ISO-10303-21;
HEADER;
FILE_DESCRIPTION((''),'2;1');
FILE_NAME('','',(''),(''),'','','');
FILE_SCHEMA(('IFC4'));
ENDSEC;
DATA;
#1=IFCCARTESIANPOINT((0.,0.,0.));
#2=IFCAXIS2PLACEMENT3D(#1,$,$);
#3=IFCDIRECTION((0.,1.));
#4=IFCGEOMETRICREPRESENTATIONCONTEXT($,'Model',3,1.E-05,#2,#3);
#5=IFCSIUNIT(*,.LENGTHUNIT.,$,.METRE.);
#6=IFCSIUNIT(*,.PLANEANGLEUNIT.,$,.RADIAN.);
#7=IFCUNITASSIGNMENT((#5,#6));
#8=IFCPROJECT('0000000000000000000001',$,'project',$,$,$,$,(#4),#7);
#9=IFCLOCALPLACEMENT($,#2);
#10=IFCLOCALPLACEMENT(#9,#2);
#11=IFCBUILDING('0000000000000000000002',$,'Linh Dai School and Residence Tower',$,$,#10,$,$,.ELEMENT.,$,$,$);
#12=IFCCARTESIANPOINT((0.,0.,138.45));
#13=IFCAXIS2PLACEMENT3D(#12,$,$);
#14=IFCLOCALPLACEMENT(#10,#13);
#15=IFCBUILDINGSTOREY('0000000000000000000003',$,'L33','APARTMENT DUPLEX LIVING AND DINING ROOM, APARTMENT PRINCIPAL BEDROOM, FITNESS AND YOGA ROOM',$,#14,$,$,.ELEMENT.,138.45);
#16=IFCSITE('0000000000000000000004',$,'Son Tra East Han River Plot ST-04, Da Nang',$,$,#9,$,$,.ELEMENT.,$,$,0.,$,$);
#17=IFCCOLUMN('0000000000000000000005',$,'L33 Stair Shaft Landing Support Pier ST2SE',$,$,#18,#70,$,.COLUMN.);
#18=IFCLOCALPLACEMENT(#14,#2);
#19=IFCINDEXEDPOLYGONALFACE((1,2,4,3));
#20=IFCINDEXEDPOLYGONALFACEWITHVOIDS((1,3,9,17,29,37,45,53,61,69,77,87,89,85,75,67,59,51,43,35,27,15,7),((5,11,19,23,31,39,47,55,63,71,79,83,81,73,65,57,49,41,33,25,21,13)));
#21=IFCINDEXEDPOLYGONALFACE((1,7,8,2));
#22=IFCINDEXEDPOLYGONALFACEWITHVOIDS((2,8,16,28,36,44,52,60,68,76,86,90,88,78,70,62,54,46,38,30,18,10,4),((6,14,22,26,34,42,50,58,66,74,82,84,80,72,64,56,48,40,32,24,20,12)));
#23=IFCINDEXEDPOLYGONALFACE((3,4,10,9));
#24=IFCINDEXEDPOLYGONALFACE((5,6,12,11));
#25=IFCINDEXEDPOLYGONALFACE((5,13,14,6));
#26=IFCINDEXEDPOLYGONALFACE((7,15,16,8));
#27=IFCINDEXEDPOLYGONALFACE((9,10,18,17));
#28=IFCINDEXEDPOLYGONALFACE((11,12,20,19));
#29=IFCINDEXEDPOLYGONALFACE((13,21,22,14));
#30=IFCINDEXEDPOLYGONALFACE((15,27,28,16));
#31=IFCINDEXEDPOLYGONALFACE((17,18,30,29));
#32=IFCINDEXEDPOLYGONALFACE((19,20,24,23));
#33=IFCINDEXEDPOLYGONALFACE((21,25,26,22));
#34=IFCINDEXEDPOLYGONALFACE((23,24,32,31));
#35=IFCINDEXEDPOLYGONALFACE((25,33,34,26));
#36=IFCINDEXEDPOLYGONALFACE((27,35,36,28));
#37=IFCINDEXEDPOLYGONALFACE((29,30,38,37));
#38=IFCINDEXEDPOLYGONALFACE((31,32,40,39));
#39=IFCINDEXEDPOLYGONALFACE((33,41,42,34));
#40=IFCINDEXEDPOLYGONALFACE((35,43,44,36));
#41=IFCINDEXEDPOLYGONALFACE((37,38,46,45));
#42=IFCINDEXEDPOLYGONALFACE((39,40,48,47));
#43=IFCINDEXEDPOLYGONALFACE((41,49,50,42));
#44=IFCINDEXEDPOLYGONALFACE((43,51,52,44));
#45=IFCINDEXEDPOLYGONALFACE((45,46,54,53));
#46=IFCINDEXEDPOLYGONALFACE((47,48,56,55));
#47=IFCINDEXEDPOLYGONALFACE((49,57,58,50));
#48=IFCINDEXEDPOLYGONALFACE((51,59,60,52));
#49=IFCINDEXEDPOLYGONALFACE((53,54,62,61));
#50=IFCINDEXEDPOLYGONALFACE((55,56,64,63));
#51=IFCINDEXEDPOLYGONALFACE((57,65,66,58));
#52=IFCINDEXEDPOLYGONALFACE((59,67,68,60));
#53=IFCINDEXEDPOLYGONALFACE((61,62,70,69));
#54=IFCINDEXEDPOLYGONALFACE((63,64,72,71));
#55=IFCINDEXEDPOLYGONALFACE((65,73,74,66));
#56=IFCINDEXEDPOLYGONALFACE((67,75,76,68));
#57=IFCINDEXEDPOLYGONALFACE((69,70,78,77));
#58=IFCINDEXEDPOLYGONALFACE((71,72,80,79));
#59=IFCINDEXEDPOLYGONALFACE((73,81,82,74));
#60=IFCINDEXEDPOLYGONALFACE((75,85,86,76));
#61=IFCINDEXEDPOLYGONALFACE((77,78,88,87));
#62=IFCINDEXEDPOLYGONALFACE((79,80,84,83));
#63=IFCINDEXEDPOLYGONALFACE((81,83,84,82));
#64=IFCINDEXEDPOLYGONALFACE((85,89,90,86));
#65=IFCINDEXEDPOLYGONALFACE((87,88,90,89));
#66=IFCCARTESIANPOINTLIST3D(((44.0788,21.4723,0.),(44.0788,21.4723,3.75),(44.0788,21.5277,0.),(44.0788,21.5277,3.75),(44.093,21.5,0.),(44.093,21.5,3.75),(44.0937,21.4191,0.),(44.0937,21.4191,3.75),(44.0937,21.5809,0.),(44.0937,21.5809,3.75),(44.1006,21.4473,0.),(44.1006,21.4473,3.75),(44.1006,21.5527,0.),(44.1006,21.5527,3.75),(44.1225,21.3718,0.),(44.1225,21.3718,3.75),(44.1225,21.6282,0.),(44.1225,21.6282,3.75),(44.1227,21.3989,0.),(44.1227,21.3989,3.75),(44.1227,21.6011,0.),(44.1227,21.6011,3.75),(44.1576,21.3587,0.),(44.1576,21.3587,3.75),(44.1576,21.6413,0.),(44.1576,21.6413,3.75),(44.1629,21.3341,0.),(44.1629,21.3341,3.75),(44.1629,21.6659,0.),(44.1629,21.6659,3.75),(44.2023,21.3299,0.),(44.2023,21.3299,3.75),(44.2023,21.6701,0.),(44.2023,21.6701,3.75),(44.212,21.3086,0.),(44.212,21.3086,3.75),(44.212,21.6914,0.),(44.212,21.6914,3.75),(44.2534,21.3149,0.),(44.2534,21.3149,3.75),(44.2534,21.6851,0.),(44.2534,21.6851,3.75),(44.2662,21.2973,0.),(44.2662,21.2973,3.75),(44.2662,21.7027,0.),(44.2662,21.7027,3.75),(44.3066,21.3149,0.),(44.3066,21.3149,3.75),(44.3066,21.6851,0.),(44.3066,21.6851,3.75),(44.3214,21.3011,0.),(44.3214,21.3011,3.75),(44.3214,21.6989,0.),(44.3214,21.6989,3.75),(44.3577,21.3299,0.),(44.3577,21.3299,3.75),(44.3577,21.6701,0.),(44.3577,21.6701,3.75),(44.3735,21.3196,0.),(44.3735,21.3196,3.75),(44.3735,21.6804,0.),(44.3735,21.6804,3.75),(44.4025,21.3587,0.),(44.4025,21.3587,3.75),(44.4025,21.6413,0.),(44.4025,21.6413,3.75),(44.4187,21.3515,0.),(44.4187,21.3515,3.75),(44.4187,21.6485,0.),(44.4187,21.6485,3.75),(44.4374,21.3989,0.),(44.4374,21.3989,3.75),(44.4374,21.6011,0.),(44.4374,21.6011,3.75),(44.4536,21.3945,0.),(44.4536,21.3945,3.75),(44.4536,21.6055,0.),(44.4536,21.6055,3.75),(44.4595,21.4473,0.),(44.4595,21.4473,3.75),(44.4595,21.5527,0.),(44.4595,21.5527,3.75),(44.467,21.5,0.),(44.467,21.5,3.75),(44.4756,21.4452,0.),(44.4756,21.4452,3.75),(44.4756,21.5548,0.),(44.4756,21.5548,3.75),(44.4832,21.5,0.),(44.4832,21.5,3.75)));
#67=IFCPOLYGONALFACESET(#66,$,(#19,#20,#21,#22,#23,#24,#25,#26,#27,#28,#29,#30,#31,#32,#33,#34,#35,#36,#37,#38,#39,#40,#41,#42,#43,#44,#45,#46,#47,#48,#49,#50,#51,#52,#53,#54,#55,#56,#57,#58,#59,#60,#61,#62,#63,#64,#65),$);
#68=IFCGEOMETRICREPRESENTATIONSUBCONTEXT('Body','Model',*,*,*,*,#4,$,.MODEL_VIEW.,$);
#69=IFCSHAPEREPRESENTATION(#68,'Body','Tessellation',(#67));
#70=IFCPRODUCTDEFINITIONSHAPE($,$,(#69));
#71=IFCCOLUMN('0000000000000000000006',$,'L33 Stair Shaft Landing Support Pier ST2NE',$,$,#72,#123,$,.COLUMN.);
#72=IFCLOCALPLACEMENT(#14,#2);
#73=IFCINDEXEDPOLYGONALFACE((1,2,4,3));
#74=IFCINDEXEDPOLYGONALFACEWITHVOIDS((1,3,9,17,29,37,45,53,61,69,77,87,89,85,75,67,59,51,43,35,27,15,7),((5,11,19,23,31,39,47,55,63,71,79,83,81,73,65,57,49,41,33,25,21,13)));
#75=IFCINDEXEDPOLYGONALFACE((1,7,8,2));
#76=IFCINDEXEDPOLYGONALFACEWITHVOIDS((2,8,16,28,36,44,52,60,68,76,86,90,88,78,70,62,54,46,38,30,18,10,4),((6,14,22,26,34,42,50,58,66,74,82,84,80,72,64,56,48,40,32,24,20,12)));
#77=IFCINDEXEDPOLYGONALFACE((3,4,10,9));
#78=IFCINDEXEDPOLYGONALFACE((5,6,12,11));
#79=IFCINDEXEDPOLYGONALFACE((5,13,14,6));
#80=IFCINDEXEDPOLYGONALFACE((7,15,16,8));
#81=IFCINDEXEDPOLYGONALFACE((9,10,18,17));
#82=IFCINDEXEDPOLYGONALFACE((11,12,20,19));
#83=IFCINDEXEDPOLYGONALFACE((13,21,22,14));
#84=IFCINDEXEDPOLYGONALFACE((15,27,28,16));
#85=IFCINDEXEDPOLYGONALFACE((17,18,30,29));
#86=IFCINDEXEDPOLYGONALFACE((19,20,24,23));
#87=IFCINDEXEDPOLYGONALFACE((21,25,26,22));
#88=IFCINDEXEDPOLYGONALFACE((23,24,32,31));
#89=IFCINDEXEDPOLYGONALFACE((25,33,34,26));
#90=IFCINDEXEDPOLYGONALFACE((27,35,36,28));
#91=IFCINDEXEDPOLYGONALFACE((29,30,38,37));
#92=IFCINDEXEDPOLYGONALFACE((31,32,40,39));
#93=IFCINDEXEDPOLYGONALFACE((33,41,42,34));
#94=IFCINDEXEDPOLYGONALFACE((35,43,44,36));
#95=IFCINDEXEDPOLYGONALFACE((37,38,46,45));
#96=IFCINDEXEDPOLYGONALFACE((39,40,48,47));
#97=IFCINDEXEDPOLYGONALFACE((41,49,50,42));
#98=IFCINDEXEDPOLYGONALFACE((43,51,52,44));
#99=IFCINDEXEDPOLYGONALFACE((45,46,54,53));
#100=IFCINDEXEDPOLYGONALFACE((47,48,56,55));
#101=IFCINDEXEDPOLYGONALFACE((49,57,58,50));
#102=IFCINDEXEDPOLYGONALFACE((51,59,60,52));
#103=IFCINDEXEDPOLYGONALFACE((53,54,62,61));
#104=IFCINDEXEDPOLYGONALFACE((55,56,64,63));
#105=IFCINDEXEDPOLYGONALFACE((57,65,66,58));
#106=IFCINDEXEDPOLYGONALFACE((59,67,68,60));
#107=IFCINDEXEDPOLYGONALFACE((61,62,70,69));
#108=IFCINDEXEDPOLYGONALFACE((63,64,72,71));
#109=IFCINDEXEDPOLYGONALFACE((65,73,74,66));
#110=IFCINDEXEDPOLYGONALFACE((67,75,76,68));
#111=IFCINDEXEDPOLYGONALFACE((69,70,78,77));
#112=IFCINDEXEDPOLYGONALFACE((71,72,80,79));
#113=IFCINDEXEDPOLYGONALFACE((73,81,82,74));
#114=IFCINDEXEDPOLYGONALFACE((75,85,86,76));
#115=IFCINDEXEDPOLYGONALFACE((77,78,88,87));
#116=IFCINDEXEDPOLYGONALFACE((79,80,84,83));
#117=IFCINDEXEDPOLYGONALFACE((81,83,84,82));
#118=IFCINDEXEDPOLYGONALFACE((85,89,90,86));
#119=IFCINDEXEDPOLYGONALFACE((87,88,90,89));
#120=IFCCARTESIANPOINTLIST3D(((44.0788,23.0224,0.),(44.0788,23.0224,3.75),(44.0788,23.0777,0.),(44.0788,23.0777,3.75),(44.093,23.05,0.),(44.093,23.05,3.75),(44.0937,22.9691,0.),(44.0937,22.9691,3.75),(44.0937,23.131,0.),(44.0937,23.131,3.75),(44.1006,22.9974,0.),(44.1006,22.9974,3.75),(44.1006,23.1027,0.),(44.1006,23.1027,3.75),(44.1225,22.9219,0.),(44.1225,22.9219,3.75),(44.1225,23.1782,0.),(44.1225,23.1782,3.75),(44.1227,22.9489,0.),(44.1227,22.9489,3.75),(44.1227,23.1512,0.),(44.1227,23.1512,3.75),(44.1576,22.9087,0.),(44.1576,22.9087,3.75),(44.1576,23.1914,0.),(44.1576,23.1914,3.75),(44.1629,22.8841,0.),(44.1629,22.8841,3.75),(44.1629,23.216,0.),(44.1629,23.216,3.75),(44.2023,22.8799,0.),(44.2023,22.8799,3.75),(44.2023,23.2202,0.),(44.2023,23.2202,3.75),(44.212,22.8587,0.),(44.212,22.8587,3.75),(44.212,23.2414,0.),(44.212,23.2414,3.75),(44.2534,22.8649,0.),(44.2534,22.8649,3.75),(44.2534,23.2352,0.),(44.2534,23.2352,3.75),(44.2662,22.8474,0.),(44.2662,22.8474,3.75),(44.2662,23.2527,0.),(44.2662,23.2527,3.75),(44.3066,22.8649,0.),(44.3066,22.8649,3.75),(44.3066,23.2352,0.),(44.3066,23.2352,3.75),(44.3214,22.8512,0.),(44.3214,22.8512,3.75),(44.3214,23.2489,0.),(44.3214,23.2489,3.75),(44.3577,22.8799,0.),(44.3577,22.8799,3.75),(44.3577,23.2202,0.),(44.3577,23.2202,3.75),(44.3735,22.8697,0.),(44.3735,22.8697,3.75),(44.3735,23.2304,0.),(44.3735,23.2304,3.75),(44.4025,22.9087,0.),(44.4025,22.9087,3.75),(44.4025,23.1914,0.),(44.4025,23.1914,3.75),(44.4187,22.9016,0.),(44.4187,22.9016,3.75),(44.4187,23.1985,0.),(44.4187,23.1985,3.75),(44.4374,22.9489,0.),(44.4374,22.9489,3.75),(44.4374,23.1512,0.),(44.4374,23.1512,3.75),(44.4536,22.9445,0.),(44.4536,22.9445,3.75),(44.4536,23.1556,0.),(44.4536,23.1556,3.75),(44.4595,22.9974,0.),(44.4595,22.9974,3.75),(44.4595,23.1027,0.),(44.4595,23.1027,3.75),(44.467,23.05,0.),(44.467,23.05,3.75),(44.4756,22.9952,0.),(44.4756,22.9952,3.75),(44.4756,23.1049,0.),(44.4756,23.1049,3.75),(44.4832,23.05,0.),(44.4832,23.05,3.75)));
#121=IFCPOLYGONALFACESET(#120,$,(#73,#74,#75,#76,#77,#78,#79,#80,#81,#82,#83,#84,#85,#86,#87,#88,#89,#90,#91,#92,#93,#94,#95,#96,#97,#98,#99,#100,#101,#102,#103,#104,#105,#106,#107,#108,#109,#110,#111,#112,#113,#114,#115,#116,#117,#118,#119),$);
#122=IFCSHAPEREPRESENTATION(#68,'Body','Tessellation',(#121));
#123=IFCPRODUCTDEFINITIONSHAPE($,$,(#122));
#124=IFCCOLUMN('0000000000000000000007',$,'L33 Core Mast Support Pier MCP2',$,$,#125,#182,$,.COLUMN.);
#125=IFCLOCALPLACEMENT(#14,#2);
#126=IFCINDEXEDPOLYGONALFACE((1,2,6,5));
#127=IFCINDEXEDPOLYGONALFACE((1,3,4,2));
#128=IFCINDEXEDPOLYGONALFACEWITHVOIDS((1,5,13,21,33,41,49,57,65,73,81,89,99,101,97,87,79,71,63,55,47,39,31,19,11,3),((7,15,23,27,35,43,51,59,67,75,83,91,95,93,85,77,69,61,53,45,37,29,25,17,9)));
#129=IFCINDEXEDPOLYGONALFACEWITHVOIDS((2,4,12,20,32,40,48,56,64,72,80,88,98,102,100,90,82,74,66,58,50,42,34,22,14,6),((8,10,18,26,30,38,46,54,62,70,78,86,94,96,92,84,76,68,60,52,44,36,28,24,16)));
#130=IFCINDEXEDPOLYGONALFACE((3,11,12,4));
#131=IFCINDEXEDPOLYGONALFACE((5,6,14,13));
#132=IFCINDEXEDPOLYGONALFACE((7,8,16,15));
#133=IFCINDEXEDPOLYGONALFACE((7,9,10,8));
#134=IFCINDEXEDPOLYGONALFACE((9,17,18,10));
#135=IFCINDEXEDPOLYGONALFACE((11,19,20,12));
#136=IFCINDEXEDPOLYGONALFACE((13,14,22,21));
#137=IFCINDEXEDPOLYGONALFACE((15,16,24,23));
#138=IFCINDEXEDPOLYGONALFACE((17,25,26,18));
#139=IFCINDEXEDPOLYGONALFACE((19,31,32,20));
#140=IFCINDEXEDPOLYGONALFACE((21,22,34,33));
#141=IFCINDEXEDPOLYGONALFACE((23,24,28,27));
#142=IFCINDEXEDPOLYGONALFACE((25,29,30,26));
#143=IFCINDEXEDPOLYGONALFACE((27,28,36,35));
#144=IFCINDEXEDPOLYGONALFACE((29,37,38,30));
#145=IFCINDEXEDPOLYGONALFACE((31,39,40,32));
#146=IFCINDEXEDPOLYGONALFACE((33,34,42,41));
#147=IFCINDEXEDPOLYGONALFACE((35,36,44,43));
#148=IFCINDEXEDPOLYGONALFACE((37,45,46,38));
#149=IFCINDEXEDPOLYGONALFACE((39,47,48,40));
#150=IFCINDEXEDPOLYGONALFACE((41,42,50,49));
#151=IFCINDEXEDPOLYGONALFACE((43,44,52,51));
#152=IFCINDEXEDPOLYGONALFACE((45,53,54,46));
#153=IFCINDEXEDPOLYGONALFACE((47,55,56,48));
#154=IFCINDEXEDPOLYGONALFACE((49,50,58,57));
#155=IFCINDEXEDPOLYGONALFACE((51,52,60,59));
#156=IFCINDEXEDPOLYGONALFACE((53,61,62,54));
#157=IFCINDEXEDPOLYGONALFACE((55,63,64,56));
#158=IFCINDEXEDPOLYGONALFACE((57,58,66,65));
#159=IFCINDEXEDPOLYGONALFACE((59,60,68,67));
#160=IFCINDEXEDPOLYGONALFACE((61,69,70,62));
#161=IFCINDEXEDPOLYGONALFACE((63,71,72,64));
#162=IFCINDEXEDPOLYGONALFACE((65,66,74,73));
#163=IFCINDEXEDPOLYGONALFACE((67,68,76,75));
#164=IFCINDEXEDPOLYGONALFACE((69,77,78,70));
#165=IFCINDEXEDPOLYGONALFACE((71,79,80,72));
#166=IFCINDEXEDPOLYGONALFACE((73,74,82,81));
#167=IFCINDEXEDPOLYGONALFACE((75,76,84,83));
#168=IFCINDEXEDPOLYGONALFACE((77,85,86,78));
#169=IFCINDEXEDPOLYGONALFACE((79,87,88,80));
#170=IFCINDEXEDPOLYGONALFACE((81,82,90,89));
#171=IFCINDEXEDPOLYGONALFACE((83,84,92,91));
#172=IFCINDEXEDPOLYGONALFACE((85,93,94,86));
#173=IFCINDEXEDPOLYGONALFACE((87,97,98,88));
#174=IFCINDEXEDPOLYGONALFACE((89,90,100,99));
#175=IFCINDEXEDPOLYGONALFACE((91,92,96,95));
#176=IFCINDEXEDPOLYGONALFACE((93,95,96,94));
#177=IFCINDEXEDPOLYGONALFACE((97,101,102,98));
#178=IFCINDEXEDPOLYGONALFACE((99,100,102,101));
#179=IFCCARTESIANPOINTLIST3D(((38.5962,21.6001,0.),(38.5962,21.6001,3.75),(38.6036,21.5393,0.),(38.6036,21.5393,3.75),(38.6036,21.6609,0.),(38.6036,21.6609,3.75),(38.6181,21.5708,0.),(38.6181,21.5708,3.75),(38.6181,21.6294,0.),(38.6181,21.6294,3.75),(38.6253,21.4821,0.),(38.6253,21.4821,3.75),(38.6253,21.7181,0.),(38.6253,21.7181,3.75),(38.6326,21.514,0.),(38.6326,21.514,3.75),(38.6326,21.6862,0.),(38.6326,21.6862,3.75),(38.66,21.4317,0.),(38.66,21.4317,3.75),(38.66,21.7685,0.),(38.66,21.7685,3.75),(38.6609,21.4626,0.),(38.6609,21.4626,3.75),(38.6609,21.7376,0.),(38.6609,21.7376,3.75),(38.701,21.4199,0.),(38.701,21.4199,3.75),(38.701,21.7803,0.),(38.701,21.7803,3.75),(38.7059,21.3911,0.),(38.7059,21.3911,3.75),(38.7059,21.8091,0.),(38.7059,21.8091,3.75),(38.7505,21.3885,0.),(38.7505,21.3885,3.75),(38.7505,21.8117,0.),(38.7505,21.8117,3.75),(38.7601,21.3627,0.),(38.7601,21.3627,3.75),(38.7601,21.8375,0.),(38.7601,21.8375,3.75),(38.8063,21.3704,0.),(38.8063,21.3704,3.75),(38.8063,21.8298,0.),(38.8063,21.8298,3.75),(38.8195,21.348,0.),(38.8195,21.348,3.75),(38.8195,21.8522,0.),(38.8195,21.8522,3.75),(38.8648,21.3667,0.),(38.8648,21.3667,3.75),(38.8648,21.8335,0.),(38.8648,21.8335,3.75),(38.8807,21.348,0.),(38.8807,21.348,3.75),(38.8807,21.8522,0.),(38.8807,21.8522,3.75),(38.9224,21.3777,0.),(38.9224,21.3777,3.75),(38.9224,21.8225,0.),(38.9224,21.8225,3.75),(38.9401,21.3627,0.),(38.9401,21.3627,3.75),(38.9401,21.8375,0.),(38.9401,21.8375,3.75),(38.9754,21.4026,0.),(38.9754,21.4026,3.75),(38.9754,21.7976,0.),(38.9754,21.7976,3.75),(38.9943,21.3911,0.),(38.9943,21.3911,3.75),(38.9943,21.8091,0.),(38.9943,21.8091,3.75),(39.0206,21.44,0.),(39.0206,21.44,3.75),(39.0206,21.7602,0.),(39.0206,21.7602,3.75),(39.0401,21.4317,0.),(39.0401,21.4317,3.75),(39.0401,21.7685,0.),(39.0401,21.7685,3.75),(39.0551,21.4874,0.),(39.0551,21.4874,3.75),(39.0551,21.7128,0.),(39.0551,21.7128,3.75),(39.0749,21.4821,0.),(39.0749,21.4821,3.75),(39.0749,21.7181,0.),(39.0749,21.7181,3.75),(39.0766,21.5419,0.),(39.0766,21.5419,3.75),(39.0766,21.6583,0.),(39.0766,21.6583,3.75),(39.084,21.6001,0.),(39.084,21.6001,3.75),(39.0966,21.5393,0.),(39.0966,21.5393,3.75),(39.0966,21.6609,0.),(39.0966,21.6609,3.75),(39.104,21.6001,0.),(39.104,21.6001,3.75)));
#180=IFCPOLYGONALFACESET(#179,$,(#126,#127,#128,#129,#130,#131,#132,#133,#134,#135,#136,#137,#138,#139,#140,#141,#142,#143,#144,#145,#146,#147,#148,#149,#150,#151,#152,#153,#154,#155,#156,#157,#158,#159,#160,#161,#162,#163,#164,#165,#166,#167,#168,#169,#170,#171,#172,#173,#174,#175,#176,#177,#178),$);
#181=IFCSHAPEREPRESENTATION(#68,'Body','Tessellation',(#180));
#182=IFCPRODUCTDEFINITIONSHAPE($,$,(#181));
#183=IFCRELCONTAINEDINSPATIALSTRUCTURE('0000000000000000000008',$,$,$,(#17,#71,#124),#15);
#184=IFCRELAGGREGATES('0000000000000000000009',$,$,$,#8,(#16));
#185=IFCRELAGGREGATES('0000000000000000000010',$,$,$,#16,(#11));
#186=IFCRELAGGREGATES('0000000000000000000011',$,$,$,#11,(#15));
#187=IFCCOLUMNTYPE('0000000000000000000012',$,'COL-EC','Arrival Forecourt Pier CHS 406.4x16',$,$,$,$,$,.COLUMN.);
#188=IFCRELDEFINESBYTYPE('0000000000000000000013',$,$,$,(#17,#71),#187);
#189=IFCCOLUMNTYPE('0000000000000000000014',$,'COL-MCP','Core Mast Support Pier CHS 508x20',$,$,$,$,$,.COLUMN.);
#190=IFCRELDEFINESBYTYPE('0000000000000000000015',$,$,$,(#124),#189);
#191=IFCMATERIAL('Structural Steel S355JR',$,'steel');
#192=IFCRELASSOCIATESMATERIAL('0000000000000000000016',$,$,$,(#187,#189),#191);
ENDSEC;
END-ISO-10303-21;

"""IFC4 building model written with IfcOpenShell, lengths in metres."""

from ifc_helpers import new_model, si_unit, direction, frame, origin, origin_2d, place, context, subcontext, project, spatial, hollow_circle, extrude, material, material_profile, profile_set, type_object, element, save


model = new_model("IFC4")

# Units and contexts
model_context = context("Model", 3, precision=1e-05, world=origin(), true_north=direction((0.0, 1.0)))
body_context = subcontext(model_context, "Body", "Model", "MODEL_VIEW")
ifc_project = project(units=[si_unit("LENGTHUNIT", "METRE"), si_unit("PLANEANGLEUNIT", "RADIAN")], contexts=[model_context])

# Site, building, storey
site_placement = place(None, origin())
site = spatial("IfcSite", under=ifc_project, at=site_placement, Name="Son Tra East Han River Plot ST-04, Da Nang", CompositionType="ELEMENT", RefElevation=0.0)
building_placement = place(site_placement, origin())
building = spatial("IfcBuilding", under=site, at=building_placement, Name="Linh Dai School and Residence Tower", CompositionType="ELEMENT")
storey_placement = place(building_placement, frame((0.0, 0.0, 138.45)))
storey = spatial("IfcBuildingStorey", under=building, at=storey_placement, Name="L33", Description="APARTMENT DUPLEX LIVING AND DINING ROOM, APARTMENT PRINCIPAL BEDROOM, FITNESS AND YOGA ROOM", CompositionType="ELEMENT", Elevation=138.45)

# Columns
ifc_material_1 = material(Name="Structural Steel S355JR", Category="steel")
ifc_material_profile_1 = material_profile(ifc_material_1, hollow_circle(Radius=0.2031, WallThickness=0.0161, at=origin_2d()), Name="CHS 406.4x16")
ifc_profile_set_1 = profile_set([ifc_material_profile_1], Name="Structural Steel S355JR")
column_type_1 = type_object("IfcColumnType", Name="COL-EC", Description="Arrival Forecourt Pier CHS 406.4x16", PredefinedType="COLUMN", material=ifc_profile_set_1)
for number, where, z_axis, x_axis, name in (
    (1, (44.28, 21.5, 0.0), (0.0, 0.0, 1.0), (1.0, 0.0, 0.0), "L33 Stair Shaft Landing Support Pier ST2SE"),
    (2, (44.28, 23.05, 0.0), (0.0, 0.0, 1.0), (1.0, 0.0, 0.0), "L33 Stair Shaft Landing Support Pier ST2NE"),
):
    element("IfcColumn", number, at=place(storey_placement, frame(where, z_axis=z_axis, x_axis=x_axis)), inside=storey, type_object=column_type_1, Name=name, PredefinedType="COLUMN", context=body_context, shape_type="SweptSolid", body=[
        extrude(hollow_circle(Radius=0.2031, WallThickness=0.0161, at=origin_2d()), origin(), (0.0, 0.0, 1.0), 3.75),
    ])
ifc_material_profile_2 = material_profile(ifc_material_1, hollow_circle(Radius=0.2539, WallThickness=0.02, at=origin_2d()), Name="CHS 508x20")
ifc_profile_set_2 = profile_set([ifc_material_profile_2], Name="Structural Steel S355JR")
column_type_2 = type_object("IfcColumnType", Name="COL-MCP", Description="Core Mast Support Pier CHS 508x20", PredefinedType="COLUMN", material=ifc_profile_set_2)
column_placement = place(storey_placement, frame((38.8501, 21.6001, 0.0), z_axis=(0.0, 0.0, 1.0), x_axis=(1.0, 0.0, 0.0)))
element("IfcColumn", 3, at=column_placement, inside=storey, type_object=column_type_2, Name="L33 Core Mast Support Pier MCP2", PredefinedType="COLUMN", context=body_context, shape_type="SweptSolid", body=[
    extrude(hollow_circle(Radius=0.2539, WallThickness=0.02, at=origin_2d()), origin(), (0.0, 0.0, 1.0), 3.75),
])

save(model, "model.ifc")
